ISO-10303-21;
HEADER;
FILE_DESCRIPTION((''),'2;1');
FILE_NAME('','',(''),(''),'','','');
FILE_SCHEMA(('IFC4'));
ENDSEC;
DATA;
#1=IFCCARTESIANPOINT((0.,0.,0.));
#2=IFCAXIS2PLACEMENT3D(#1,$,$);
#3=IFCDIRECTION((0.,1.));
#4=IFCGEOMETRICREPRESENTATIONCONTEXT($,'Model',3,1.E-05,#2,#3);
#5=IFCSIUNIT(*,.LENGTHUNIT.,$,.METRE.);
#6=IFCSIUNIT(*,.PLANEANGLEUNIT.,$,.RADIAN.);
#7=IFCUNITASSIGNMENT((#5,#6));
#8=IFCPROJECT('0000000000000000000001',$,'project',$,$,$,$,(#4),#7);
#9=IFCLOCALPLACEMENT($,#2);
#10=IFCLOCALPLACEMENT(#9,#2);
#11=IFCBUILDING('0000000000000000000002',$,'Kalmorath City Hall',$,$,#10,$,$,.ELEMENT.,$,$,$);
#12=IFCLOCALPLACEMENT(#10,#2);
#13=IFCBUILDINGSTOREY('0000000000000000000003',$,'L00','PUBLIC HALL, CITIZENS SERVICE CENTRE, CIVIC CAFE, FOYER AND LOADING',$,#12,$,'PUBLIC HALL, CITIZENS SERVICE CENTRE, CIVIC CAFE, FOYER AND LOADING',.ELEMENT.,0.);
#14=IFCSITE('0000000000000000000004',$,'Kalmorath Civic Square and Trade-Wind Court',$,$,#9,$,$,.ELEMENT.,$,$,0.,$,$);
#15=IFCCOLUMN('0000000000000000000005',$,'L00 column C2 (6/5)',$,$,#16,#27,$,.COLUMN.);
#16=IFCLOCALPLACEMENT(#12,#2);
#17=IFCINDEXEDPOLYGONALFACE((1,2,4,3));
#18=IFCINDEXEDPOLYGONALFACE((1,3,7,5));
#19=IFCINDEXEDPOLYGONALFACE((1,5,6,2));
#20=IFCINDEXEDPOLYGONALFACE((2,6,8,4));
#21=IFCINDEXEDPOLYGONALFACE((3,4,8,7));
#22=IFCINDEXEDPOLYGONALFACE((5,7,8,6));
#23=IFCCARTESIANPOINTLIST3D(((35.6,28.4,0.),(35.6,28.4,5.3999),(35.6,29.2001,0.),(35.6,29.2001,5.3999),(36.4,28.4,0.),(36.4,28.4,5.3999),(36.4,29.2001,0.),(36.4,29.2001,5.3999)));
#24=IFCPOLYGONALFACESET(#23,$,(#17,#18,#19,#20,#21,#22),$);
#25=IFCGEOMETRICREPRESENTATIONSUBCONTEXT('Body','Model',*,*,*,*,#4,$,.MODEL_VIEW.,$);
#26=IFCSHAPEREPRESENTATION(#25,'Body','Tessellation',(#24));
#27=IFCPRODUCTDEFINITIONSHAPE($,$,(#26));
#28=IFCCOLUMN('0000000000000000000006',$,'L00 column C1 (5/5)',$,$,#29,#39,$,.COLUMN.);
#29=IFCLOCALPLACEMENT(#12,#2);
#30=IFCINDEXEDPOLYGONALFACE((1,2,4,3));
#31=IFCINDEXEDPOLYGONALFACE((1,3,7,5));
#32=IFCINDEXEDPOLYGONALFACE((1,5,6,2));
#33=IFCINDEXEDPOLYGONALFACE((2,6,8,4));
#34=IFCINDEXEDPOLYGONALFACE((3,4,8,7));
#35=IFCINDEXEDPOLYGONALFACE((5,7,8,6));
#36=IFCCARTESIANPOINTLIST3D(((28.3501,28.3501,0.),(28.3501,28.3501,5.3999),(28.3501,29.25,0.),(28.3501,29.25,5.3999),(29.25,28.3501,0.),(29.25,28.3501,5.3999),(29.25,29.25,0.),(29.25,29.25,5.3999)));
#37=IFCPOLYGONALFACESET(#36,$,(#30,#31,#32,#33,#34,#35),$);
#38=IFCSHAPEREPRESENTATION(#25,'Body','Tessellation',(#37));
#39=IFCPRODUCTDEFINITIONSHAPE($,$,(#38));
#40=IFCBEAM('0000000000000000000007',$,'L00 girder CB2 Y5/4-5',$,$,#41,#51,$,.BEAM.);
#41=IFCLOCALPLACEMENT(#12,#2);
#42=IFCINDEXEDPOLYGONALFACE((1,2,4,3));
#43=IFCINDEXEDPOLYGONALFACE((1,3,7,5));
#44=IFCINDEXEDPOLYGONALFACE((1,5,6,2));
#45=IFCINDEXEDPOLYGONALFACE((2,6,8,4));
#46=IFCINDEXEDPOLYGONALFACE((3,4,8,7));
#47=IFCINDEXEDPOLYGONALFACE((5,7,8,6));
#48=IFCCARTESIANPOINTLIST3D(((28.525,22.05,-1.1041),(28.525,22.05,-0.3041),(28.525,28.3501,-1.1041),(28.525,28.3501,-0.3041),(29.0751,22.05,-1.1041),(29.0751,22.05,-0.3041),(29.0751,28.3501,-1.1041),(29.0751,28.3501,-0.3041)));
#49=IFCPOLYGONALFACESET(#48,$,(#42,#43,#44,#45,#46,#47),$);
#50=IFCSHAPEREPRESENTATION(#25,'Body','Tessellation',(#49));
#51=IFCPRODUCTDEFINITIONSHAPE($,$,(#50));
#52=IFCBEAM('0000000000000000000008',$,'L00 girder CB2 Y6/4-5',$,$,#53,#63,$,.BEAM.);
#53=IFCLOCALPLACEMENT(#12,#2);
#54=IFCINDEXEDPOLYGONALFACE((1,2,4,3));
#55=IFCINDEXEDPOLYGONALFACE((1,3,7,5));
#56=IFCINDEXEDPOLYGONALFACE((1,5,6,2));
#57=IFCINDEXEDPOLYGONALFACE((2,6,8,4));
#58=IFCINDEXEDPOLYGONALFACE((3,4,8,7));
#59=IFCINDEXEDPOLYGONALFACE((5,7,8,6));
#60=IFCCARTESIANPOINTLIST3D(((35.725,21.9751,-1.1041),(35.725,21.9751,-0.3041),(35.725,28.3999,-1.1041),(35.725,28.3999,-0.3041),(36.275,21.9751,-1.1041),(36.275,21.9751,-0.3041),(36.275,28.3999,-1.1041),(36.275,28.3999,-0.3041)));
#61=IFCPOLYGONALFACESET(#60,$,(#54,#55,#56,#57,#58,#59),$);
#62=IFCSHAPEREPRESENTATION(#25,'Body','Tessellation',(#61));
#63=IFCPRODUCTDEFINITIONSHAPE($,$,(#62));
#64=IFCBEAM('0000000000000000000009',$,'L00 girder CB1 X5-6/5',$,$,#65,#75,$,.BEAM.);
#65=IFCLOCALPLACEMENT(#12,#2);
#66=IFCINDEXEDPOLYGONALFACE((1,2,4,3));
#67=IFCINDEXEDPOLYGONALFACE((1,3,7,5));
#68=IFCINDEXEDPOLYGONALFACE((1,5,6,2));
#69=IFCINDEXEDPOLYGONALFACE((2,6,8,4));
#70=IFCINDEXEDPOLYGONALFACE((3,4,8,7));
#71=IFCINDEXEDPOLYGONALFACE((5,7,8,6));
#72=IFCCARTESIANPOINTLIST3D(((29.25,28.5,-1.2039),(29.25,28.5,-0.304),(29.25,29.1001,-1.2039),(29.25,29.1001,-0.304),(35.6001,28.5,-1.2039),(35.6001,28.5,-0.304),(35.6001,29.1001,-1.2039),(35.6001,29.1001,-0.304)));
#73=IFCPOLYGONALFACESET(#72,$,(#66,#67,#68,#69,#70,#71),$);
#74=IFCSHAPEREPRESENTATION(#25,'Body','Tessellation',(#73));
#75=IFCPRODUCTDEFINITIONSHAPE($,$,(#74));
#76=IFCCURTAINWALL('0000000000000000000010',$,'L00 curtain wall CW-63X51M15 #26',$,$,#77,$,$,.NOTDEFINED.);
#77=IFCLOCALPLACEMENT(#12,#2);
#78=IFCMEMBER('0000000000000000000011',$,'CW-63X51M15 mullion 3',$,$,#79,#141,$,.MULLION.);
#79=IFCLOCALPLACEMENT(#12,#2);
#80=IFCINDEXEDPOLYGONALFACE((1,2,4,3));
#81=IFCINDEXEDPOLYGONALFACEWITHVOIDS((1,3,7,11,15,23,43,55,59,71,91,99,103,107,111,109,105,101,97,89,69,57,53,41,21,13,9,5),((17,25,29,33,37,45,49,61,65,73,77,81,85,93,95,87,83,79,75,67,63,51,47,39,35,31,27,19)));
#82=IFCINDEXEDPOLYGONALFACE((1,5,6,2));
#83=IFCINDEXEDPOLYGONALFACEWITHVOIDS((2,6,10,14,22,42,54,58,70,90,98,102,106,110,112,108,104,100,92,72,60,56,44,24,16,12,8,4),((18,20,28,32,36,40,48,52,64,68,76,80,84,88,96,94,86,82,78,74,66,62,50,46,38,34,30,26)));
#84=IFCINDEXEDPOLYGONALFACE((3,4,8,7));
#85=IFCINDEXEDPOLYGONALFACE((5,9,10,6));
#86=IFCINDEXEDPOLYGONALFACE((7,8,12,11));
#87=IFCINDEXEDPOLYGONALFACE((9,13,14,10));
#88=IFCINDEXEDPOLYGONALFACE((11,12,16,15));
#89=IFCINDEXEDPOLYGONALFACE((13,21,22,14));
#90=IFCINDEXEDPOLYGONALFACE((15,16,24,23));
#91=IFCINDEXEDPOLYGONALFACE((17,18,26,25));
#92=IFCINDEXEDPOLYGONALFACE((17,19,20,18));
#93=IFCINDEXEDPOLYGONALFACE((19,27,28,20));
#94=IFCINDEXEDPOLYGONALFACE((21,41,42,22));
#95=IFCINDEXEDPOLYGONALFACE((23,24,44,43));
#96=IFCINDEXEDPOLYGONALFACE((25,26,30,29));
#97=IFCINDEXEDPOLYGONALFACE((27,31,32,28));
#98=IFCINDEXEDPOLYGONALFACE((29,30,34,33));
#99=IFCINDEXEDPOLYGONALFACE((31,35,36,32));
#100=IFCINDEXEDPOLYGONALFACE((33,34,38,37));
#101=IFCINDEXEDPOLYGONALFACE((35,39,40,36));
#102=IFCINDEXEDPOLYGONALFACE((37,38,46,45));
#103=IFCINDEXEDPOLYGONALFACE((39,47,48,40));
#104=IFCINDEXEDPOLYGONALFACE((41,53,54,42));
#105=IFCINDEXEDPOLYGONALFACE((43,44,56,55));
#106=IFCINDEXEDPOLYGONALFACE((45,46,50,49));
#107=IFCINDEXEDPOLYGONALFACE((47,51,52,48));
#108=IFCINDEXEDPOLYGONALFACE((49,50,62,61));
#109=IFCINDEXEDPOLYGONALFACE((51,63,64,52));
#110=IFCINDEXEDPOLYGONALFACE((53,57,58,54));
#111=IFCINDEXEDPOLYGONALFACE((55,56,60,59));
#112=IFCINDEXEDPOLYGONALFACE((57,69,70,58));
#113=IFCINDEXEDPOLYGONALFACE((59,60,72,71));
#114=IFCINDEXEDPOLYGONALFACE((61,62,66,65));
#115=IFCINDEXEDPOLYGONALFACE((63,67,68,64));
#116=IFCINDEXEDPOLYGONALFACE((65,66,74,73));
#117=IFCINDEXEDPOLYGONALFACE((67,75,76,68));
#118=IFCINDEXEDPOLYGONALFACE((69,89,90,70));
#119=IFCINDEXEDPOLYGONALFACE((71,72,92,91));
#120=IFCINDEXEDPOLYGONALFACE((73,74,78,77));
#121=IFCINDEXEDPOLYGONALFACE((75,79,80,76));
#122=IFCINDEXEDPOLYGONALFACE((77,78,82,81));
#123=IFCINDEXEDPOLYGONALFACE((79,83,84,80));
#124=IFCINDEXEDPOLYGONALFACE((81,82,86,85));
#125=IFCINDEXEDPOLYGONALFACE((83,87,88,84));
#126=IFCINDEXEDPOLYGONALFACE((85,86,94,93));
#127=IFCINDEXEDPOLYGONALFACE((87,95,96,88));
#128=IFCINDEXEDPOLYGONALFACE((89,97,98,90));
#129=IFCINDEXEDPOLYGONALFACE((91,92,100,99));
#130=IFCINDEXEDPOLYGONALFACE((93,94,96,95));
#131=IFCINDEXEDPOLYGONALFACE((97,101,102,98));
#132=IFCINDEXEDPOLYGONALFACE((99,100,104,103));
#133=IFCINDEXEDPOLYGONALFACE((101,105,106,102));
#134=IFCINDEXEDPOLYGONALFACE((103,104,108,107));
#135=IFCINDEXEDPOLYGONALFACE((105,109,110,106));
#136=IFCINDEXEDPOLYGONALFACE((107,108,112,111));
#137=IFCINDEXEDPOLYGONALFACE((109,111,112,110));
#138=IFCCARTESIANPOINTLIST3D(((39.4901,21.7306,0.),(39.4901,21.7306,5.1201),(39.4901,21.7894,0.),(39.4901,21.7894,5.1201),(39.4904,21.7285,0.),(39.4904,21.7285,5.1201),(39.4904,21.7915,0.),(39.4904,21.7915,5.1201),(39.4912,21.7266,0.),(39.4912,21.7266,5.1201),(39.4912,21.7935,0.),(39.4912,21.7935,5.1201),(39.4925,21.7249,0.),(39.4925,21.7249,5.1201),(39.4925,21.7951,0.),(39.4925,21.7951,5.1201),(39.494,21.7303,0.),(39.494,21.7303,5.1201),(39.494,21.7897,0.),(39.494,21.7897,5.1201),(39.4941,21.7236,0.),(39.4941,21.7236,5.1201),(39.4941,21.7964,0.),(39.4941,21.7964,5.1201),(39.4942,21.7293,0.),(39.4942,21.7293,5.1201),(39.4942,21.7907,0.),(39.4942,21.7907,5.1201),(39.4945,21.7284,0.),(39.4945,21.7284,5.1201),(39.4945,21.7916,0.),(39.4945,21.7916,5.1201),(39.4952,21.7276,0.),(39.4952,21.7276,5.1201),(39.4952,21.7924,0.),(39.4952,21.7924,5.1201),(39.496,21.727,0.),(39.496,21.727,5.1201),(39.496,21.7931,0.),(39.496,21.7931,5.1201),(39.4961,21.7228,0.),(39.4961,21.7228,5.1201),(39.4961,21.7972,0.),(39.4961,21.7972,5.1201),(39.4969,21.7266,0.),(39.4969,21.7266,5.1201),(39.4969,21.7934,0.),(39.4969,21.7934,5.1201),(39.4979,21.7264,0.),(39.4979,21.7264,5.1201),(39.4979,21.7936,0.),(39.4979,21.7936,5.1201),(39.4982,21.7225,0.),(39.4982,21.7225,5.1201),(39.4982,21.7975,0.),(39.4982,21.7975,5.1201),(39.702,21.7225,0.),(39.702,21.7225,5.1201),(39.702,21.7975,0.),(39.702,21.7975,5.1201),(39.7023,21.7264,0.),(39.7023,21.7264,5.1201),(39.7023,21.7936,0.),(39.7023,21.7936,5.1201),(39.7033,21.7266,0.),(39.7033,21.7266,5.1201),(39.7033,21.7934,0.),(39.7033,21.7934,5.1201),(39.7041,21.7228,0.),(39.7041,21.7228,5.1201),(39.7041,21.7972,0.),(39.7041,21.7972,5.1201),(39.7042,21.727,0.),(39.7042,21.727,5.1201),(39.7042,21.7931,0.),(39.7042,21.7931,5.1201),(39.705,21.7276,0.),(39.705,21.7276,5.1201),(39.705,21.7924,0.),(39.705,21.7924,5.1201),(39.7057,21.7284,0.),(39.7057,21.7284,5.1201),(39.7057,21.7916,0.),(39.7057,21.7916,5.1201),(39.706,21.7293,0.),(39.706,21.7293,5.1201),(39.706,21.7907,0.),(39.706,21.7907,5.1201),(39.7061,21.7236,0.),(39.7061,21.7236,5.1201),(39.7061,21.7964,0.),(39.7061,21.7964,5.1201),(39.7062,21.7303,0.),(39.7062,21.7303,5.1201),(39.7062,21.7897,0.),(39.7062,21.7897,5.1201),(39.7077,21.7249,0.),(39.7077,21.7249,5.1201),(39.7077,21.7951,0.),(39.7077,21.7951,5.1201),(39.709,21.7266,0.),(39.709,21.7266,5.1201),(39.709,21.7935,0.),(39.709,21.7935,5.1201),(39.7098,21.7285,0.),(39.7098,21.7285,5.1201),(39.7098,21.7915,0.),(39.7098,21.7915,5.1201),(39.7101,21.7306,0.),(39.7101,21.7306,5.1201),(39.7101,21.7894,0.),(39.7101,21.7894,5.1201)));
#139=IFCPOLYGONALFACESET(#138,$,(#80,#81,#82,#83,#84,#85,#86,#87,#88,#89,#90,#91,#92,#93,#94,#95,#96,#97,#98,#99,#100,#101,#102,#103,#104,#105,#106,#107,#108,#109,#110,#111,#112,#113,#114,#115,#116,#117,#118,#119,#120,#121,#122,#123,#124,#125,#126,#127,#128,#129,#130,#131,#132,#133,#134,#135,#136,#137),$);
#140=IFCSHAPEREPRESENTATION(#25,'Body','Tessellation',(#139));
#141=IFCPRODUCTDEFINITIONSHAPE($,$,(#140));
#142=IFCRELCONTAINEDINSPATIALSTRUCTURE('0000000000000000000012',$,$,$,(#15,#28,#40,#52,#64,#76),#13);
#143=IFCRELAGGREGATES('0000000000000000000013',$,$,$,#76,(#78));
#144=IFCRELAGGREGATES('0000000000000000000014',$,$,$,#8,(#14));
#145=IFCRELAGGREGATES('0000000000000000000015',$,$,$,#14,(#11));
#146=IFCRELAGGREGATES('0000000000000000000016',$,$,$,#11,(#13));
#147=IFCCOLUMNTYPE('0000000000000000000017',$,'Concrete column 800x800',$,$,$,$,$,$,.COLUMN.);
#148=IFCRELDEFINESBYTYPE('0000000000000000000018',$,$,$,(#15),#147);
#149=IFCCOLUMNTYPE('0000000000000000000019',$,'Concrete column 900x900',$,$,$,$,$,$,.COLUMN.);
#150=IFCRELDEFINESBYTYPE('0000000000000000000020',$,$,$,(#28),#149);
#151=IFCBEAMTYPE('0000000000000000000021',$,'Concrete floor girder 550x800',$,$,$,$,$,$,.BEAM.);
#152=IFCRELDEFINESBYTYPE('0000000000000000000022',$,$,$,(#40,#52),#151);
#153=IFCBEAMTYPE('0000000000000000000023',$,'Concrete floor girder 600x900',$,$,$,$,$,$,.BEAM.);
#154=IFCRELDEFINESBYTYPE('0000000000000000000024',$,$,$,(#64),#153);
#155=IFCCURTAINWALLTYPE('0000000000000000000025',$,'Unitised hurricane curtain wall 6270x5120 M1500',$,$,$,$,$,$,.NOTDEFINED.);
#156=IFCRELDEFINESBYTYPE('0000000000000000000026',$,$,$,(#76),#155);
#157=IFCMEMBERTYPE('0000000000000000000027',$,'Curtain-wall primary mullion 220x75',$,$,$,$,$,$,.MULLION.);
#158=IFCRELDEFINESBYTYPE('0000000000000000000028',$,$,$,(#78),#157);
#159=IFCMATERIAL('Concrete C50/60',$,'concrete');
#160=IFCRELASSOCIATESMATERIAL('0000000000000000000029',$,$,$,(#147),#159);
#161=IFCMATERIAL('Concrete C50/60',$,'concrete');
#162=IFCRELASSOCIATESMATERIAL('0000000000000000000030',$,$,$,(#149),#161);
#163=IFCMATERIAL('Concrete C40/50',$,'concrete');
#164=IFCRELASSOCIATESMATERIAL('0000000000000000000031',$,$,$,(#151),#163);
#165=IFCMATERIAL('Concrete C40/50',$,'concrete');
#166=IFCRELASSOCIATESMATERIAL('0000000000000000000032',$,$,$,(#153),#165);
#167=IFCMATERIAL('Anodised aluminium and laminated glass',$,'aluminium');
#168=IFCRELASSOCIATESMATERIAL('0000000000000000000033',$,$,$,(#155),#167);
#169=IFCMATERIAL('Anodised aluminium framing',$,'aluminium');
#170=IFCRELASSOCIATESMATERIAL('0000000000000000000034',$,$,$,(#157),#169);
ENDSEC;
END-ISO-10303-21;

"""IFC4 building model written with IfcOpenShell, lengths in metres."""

from ifc_helpers import new_model, si_unit, direction, frame, origin, origin_2d, place, context, subcontext, project, spatial, rectangle, hollow_rectangle, extrude, material, material_profile, profile_set, type_object, element, aggregate, save


model = new_model("IFC4")

# Units and contexts
model_context = context("Model", 3, precision=1e-05, world=origin(), true_north=direction((0.0, 1.0)))
body_context = subcontext(model_context, "Body", "Model", "MODEL_VIEW")
ifc_project = project(units=[si_unit("LENGTHUNIT", "METRE"), si_unit("PLANEANGLEUNIT", "RADIAN")], contexts=[model_context])

# Site, building, storey
site_placement = place(None, origin())
site = spatial("IfcSite", under=ifc_project, at=site_placement, Name="Kalmorath Civic Square and Trade-Wind Court", CompositionType="ELEMENT", RefElevation=0.0)
building_placement = place(site_placement, origin())
building = spatial("IfcBuilding", under=site, at=building_placement, Name="Kalmorath City Hall", CompositionType="ELEMENT")
storey_placement = place(building_placement, origin())
storey = spatial("IfcBuildingStorey", under=building, at=storey_placement, Name="L00", Description="PUBLIC HALL, CITIZENS SERVICE CENTRE, CIVIC CAFE, FOYER AND LOADING", LongName="PUBLIC HALL, CITIZENS SERVICE CENTRE, CIVIC CAFE, FOYER AND LOADING", CompositionType="ELEMENT", Elevation=0.0)

# Columns
ifc_material_1 = material(Name="Concrete C50/60", Category="concrete")
ifc_material_profile_1 = material_profile(ifc_material_1, rectangle(XDim=0.8, YDim=0.8, at=origin_2d()), Name="RC-COL-800X800")
ifc_profile_set_1 = profile_set([ifc_material_profile_1], Name="Concrete C50/60")
column_type_1 = type_object("IfcColumnType", Name="Concrete column 800x800", PredefinedType="COLUMN", material=ifc_profile_set_1)
column_1_placement = place(storey_placement, frame((36.0, 28.8, 0.0), z_axis=(0.0, 0.0, 1.0), x_axis=(1.0, 0.0, 0.0)))
element("IfcColumn", 1, at=column_1_placement, inside=storey, type_object=column_type_1, Name="L00 column C2 (6/5)", PredefinedType="COLUMN", context=body_context, shape_type="SweptSolid", body=[
    extrude(rectangle(XDim=0.8, YDim=0.8, at=origin_2d()), origin(), (0.0, 0.0, 1.0), 5.3999),
])
ifc_material_2 = material(Name="Concrete C50/60", Category="concrete")
ifc_material_profile_2 = material_profile(ifc_material_2, rectangle(XDim=0.8999, YDim=0.8999, at=origin_2d()), Name="RC-COL-900X900")
ifc_profile_set_2 = profile_set([ifc_material_profile_2], Name="Concrete C50/60")
column_type_2 = type_object("IfcColumnType", Name="Concrete column 900x900", PredefinedType="COLUMN", material=ifc_profile_set_2)
column_2_placement = place(storey_placement, frame((28.8, 28.8, 0.0), z_axis=(0.0, 0.0, 1.0), x_axis=(1.0, 0.0, 0.0)))
element("IfcColumn", 2, at=column_2_placement, inside=storey, type_object=column_type_2, Name="L00 column C1 (5/5)", PredefinedType="COLUMN", context=body_context, shape_type="SweptSolid", body=[
    extrude(rectangle(XDim=0.8999, YDim=0.8999, at=origin_2d()), origin(), (0.0, 0.0, 1.0), 5.3999),
])

# Beams
ifc_material_3 = material(Name="Concrete C40/50", Category="concrete")
ifc_material_profile_3 = material_profile(ifc_material_3, rectangle(XDim=0.55, YDim=0.8, at=origin_2d()), Name="RC-BM-550X800")
ifc_profile_set_3 = profile_set([ifc_material_profile_3], Name="Concrete C40/50")
beam_type_1 = type_object("IfcBeamType", Name="Concrete floor girder 550x800", PredefinedType="BEAM", material=ifc_profile_set_3)
beam_1_placement = place(storey_placement, frame((28.8, 22.05, -0.7041), z_axis=(0.0, 1.0, 0.0), x_axis=(-1.0, 0.0, 0.0)))
element("IfcBeam", 3, at=beam_1_placement, inside=storey, type_object=beam_type_1, Name="L00 girder CB2 Y5/4-5", PredefinedType="BEAM", context=body_context, shape_type="SweptSolid", body=[
    extrude(rectangle(XDim=0.55, YDim=0.8, at=origin_2d()), origin(), (0.0, 0.0, 1.0), 6.3),
])
beam_2_placement = place(storey_placement, frame((36.0, 21.9751, -0.7041), z_axis=(0.0, 1.0, 0.0), x_axis=(-1.0, 0.0, 0.0)))
element("IfcBeam", 4, at=beam_2_placement, inside=storey, type_object=beam_type_1, Name="L00 girder CB2 Y6/4-5", PredefinedType="BEAM", context=body_context, shape_type="SweptSolid", body=[
    extrude(rectangle(XDim=0.55, YDim=0.8, at=origin_2d()), origin(), (0.0, 0.0, 1.0), 6.4248),
])
ifc_material_4 = material(Name="Concrete C40/50", Category="concrete")
ifc_material_profile_4 = material_profile(ifc_material_4, rectangle(XDim=0.6001, YDim=0.8999, at=origin_2d()), Name="RC-BM-600X900")
ifc_profile_set_4 = profile_set([ifc_material_profile_4], Name="Concrete C40/50")
beam_type_2 = type_object("IfcBeamType", Name="Concrete floor girder 600x900", PredefinedType="BEAM", material=ifc_profile_set_4)
beam_3_placement = place(storey_placement, frame((29.25, 28.8, -0.7539), z_axis=(1.0, 0.0, 0.0), x_axis=(0.0, 1.0, 0.0)))
element("IfcBeam", 5, at=beam_3_placement, inside=storey, type_object=beam_type_2, Name="L00 girder CB1 X5-6/5", PredefinedType="BEAM", context=body_context, shape_type="SweptSolid", body=[
    extrude(rectangle(XDim=0.6001, YDim=0.8999, at=origin_2d()), origin(), (0.0, 0.0, 1.0), 6.3501),
])

# Curtain wall, member
ifc_material_5 = material(Name="Anodised aluminium and laminated glass", Category="aluminium")
curtain_wall_type = type_object("IfcCurtainWallType", Name="Unitised hurricane curtain wall 6270x5120 M1500", PredefinedType="NOTDEFINED", material=ifc_material_5)
curtain_wall_placement = place(storey_placement, origin())
curtain_wall = element("IfcCurtainWall", 6, at=curtain_wall_placement, inside=storey, type_object=curtain_wall_type, Name="L00 curtain wall CW-63X51M15 #26", PredefinedType="NOTDEFINED")
ifc_material_6 = material(Name="Anodised aluminium framing", Category="aluminium")
ifc_material_profile_5 = material_profile(ifc_material_6, hollow_rectangle(XDim=0.075, YDim=0.22, WallThickness=0.0039, InnerFilletRadius=0.0039, OuterFilletRadius=0.0081, at=origin_2d()), Name="ALU-MUL-220X75X4")
ifc_profile_set_5 = profile_set([ifc_material_profile_5], Name="Anodised aluminium framing")
member_type_1 = type_object("IfcMemberType", Name="Curtain-wall primary mullion 220x75", PredefinedType="MULLION", material=ifc_profile_set_5)
member_1_placement = place(storey_placement, frame((39.6001, 21.76, 0.0), z_axis=(0.0, 0.0, 1.0), x_axis=(0.0, -1.0, 0.0)))
member_1 = element("IfcMember", 7, at=member_1_placement, type_object=member_type_1, Name="CW-63X51M15 mullion 3", PredefinedType="MULLION", context=body_context, shape_type="SweptSolid", body=[
    extrude(hollow_rectangle(XDim=0.075, YDim=0.22, WallThickness=0.0039, InnerFilletRadius=0.0039, OuterFilletRadius=0.0081, at=origin_2d()), origin(), (0.0, 0.0, 1.0), 5.1201),
])

aggregate(curtain_wall, [member_1])

save(model, "model.ifc")
